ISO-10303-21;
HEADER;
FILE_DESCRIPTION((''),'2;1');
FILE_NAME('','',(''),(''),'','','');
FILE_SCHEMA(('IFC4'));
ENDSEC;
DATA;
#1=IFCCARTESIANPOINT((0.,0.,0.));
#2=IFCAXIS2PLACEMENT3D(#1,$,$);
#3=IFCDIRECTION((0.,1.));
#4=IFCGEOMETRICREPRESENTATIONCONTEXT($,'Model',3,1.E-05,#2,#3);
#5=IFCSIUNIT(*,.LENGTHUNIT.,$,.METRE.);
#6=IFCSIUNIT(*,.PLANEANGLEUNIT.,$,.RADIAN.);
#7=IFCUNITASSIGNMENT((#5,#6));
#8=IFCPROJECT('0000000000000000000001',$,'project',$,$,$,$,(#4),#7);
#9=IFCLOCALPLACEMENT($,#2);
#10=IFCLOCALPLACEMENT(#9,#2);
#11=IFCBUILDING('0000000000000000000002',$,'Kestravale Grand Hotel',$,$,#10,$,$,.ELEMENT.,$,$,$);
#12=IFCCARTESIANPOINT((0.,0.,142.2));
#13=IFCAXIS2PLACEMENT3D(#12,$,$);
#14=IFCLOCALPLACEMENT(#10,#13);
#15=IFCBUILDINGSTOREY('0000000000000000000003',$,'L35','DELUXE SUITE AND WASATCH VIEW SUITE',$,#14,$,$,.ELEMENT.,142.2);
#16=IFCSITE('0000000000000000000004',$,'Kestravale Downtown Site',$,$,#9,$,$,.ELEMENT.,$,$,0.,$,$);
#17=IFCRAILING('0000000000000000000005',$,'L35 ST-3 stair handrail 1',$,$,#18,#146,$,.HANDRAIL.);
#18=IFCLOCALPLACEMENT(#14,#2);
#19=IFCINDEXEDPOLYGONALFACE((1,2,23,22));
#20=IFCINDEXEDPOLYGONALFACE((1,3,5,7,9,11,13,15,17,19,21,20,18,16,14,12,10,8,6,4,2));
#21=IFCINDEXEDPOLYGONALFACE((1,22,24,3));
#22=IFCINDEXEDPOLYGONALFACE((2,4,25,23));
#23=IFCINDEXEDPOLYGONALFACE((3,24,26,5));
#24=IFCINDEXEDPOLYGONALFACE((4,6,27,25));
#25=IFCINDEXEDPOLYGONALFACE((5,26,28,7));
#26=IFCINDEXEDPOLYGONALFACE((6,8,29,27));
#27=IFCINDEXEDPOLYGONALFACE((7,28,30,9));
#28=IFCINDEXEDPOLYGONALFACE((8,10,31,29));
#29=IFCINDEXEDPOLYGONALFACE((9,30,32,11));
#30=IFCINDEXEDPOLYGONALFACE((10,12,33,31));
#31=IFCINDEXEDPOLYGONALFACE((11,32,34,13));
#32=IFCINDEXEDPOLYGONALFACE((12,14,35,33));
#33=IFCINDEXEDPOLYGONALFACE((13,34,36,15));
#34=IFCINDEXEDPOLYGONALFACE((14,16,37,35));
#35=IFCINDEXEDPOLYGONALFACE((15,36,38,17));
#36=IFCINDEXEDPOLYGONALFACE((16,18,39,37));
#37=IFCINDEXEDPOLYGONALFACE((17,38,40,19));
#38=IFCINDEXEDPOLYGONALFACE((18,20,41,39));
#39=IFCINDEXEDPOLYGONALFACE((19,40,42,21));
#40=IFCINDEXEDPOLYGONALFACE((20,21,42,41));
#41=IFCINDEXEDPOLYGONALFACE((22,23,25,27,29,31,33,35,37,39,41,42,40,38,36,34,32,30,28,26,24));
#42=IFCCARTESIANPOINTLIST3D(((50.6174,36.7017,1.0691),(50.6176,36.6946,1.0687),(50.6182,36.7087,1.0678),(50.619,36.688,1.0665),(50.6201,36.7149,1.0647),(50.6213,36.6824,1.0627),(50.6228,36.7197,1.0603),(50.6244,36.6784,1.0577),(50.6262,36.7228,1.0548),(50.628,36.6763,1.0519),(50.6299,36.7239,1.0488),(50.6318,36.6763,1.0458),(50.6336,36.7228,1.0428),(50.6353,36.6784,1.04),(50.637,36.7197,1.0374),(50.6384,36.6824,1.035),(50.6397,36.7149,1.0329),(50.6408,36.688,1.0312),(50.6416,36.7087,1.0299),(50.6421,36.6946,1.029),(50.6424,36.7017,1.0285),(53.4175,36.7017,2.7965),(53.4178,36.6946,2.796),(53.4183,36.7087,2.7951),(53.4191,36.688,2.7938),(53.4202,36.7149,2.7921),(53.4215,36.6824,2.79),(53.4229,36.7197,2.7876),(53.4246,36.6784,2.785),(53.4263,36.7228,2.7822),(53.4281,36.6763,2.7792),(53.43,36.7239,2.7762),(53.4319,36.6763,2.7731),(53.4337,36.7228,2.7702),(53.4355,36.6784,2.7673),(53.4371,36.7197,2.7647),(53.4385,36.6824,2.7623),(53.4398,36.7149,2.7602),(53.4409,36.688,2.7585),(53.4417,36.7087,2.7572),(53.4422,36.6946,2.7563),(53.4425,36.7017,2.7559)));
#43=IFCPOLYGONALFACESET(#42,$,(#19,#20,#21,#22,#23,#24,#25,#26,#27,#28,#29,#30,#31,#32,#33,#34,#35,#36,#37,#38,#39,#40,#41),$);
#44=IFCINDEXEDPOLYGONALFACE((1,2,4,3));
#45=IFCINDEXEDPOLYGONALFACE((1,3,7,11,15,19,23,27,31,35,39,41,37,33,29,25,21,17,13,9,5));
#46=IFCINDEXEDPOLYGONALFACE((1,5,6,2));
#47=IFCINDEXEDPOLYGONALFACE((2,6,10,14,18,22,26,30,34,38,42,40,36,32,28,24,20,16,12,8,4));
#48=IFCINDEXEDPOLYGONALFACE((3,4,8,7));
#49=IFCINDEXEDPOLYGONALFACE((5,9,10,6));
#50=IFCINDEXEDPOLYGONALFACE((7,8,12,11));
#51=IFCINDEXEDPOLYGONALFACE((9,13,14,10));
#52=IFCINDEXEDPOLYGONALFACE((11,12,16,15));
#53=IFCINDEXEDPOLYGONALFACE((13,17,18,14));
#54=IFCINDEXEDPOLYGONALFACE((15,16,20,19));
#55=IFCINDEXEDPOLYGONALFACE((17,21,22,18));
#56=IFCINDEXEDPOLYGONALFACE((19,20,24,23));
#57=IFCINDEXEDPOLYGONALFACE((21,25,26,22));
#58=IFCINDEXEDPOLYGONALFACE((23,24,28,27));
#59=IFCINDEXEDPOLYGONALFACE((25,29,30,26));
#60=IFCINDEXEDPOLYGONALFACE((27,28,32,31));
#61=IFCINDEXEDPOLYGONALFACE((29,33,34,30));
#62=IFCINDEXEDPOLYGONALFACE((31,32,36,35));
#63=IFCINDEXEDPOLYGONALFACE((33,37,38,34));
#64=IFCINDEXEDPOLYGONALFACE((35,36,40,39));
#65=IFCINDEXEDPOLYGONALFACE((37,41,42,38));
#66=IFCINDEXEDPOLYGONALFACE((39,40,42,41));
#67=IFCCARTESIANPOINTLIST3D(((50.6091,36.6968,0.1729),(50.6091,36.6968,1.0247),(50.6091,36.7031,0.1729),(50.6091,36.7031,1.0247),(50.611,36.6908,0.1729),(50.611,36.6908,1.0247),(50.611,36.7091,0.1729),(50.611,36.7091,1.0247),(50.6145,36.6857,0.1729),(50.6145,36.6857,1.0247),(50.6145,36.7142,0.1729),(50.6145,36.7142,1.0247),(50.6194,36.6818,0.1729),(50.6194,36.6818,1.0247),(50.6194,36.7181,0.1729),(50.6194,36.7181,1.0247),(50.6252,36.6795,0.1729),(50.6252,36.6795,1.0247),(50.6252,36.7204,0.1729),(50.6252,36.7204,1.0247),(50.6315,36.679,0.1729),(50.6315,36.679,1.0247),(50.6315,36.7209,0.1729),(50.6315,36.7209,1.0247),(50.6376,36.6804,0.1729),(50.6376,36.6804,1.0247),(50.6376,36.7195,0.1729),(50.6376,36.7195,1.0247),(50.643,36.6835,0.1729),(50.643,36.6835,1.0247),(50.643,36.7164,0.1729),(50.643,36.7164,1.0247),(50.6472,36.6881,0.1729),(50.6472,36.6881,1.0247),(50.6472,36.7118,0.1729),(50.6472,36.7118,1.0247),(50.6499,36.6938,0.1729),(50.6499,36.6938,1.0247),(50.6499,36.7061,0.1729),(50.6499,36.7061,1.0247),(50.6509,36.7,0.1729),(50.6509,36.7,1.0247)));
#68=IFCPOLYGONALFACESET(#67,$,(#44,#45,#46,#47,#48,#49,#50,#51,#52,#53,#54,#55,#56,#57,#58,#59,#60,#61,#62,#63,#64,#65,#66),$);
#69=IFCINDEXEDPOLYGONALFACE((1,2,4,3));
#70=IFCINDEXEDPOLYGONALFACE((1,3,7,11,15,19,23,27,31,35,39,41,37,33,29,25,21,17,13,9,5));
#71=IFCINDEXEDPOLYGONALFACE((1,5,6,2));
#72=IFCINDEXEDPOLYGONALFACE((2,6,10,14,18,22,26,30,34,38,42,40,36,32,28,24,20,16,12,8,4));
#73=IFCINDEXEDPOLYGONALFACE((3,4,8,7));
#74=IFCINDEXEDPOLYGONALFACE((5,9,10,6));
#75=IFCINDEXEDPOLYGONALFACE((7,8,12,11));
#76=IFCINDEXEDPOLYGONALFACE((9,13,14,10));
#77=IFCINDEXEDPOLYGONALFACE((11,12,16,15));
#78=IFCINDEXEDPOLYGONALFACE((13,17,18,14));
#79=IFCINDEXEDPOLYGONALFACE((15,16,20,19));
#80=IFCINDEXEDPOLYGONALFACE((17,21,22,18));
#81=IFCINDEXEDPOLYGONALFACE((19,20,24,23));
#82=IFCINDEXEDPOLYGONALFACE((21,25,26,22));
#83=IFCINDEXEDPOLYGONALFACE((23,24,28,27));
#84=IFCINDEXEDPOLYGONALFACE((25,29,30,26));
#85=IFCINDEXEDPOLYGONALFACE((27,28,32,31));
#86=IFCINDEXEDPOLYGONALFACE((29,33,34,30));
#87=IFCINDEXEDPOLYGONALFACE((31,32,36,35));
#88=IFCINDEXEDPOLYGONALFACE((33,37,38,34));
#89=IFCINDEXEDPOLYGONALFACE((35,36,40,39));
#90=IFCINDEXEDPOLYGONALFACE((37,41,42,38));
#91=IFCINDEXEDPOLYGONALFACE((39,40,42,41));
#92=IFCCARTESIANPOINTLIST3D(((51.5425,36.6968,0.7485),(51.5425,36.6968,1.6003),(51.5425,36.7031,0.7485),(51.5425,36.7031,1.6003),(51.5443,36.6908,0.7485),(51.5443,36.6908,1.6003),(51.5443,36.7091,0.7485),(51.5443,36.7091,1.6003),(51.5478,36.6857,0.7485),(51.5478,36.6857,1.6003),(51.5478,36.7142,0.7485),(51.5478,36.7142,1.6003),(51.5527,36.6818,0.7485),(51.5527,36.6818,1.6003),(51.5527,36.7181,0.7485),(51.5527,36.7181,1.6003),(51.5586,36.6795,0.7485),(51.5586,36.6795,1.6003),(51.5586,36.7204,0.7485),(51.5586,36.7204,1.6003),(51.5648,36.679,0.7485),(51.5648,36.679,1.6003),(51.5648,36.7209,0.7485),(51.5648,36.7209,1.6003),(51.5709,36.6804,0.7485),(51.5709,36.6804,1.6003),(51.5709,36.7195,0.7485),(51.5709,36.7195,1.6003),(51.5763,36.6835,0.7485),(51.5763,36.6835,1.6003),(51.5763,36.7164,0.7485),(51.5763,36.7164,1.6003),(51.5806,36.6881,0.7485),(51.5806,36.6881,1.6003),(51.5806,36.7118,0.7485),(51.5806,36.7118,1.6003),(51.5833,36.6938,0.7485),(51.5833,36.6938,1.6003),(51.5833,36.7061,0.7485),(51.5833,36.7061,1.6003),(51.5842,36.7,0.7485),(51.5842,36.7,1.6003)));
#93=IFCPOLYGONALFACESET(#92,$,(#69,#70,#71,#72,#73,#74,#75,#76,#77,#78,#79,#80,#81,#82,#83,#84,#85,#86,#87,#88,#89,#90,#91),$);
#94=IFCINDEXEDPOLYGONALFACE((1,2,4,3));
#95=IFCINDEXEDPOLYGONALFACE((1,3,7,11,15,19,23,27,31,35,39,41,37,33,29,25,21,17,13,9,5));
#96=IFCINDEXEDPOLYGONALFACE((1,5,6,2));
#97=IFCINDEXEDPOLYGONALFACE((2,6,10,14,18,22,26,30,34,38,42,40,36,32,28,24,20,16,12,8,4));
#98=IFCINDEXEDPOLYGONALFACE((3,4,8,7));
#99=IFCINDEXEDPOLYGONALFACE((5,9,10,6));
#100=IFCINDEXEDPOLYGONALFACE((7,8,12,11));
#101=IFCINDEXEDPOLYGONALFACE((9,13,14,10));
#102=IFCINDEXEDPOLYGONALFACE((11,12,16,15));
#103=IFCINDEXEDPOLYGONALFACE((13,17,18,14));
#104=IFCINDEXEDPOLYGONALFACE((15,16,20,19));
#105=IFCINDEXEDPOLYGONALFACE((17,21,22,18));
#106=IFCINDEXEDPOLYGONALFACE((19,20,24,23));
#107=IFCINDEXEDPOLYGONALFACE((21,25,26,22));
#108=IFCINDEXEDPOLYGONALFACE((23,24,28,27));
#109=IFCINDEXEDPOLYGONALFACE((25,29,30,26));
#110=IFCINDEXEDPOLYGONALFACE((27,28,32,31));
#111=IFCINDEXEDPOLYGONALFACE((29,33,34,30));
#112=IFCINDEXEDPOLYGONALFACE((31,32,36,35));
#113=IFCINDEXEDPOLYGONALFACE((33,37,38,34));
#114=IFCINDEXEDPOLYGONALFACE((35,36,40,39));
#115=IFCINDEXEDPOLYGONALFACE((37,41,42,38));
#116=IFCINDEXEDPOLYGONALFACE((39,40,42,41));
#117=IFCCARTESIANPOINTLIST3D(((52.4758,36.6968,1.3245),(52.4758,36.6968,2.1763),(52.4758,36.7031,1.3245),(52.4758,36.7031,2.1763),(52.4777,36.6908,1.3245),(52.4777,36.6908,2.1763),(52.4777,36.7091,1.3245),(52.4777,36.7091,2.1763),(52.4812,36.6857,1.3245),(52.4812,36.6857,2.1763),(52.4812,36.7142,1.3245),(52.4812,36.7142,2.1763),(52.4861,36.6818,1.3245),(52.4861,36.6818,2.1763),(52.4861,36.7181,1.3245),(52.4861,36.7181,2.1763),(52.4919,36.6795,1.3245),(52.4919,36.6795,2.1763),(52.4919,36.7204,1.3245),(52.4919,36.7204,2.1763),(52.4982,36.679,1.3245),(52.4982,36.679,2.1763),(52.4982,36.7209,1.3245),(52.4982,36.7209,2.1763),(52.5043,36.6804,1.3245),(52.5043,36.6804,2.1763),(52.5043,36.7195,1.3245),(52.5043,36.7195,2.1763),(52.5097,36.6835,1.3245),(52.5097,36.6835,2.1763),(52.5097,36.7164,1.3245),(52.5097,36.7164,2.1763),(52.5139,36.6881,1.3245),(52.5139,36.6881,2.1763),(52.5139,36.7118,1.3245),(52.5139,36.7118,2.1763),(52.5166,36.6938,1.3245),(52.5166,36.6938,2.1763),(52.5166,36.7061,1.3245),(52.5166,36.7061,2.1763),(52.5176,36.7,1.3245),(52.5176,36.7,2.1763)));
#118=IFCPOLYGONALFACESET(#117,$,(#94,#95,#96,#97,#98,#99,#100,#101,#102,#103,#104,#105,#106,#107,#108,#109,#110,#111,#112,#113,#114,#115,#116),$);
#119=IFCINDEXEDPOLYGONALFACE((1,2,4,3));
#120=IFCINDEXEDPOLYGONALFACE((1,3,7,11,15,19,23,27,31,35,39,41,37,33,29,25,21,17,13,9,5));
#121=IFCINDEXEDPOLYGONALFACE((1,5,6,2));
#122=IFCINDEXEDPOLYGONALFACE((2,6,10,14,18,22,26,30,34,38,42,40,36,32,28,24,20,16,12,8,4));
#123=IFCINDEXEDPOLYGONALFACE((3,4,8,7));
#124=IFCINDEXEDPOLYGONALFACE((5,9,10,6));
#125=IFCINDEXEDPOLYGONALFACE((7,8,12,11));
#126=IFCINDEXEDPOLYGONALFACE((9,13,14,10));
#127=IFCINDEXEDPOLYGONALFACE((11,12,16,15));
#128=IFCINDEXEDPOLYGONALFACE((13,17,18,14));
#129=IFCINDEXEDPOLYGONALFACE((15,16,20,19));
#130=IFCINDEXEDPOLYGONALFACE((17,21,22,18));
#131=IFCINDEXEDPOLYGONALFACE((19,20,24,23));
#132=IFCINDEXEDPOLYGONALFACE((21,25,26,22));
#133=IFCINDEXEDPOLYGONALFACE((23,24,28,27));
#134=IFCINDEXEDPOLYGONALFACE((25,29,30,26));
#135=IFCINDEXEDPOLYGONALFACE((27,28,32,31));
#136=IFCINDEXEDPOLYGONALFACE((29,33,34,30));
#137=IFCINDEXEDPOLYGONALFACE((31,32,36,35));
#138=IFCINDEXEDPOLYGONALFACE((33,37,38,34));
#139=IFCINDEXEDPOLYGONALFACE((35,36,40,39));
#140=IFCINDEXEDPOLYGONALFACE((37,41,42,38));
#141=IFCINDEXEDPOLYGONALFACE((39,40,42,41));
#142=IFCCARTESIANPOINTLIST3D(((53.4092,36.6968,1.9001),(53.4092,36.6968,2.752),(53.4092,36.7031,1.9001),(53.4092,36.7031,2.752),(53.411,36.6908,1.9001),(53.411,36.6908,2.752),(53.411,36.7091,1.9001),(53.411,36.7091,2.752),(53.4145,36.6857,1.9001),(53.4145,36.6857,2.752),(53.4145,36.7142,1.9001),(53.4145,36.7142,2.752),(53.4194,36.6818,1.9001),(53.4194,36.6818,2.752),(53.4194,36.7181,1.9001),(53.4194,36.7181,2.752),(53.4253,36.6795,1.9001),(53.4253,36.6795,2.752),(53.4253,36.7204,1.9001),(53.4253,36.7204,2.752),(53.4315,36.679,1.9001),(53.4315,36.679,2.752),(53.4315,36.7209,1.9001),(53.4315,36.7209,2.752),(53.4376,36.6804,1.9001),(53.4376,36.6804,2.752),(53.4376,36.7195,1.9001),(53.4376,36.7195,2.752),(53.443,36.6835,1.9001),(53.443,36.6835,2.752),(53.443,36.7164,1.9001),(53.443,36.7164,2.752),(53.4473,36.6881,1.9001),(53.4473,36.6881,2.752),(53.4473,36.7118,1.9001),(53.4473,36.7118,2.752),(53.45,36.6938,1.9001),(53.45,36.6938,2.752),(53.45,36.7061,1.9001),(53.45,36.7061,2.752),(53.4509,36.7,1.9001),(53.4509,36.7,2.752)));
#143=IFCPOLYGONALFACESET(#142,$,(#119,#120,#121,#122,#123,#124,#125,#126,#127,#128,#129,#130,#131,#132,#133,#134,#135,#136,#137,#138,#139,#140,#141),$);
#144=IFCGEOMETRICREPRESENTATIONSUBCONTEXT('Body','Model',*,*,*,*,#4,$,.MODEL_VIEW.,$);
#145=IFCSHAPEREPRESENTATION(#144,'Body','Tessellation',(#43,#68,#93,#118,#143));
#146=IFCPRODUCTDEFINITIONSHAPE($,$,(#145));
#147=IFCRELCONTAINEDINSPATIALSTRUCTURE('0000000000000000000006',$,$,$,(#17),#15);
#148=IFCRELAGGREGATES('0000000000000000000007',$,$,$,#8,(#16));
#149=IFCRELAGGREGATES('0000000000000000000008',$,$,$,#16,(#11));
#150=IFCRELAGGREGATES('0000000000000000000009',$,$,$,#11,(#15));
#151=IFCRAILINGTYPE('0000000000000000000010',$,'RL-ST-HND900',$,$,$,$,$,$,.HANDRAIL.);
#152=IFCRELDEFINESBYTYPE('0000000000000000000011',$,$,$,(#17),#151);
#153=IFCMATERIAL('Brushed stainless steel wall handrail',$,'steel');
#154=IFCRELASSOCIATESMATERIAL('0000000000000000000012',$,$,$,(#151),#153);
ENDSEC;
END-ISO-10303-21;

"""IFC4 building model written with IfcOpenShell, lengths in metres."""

from ifc_helpers import new_model, si_unit, direction, frame, origin, origin_2d, place, context, subcontext, project, spatial, circle, extrude, material, type_object, element, save


model = new_model("IFC4")

# Units and contexts
model_context = context("Model", 3, precision=1e-05, world=origin(), true_north=direction((0.0, 1.0)))
body_context = subcontext(model_context, "Body", "Model", "MODEL_VIEW")
ifc_project = project(units=[si_unit("LENGTHUNIT", "METRE"), si_unit("PLANEANGLEUNIT", "RADIAN")], contexts=[model_context])

# Site, building, storey
site_placement = place(None, origin())
site = spatial("IfcSite", under=ifc_project, at=site_placement, Name="Kestravale Downtown Site", CompositionType="ELEMENT", RefElevation=0.0)
building_placement = place(site_placement, origin())
building = spatial("IfcBuilding", under=site, at=building_placement, Name="Kestravale Grand Hotel", CompositionType="ELEMENT")
storey_placement = place(building_placement, frame((0.0, 0.0, 142.2)))
storey = spatial("IfcBuildingStorey", under=building, at=storey_placement, Name="L35", Description="DELUXE SUITE AND WASATCH VIEW SUITE", CompositionType="ELEMENT", Elevation=142.2)

# Railing
ifc_material_1 = material(Name="Brushed stainless steel wall handrail", Category="steel")
railing_type_1 = type_object("IfcRailingType", Name="RL-ST-HND900", PredefinedType="HANDRAIL", material=ifc_material_1)
railing_1_placement = place(storey_placement, frame((50.6299, 36.7, 0.1729)))
element("IfcRailing", 1, at=railing_1_placement, inside=storey, type_object=railing_type_1, Name="L35 ST-3 stair handrail 1", PredefinedType="HANDRAIL", context=body_context, shape_type="SweptSolid", body=[
    extrude(circle(Radius=0.0239, at=origin_2d()), frame((0.0, 0.0, 0.876), z_axis=(0.85109, 0.0, 0.52502), x_axis=(0.0, 1.0, 0.0)), (0.0, 0.0, 1.0), 3.29),
    extrude(circle(Radius=0.021, at=origin_2d()), origin(), (0.0, 0.0, 1.0), 0.8518),
    extrude(circle(Radius=0.021, at=origin_2d()), frame((0.9333, 0.0, 0.5757)), (0.0, 0.0, 1.0), 0.8518),
    extrude(circle(Radius=0.021, at=origin_2d()), frame((1.8667, 0.0, 1.1516)), (0.0, 0.0, 1.0), 0.8518),
    extrude(circle(Radius=0.021, at=origin_2d()), frame((2.8, 0.0, 1.7273)), (0.0, 0.0, 1.0), 0.8518),
])

save(model, "model.ifc")
